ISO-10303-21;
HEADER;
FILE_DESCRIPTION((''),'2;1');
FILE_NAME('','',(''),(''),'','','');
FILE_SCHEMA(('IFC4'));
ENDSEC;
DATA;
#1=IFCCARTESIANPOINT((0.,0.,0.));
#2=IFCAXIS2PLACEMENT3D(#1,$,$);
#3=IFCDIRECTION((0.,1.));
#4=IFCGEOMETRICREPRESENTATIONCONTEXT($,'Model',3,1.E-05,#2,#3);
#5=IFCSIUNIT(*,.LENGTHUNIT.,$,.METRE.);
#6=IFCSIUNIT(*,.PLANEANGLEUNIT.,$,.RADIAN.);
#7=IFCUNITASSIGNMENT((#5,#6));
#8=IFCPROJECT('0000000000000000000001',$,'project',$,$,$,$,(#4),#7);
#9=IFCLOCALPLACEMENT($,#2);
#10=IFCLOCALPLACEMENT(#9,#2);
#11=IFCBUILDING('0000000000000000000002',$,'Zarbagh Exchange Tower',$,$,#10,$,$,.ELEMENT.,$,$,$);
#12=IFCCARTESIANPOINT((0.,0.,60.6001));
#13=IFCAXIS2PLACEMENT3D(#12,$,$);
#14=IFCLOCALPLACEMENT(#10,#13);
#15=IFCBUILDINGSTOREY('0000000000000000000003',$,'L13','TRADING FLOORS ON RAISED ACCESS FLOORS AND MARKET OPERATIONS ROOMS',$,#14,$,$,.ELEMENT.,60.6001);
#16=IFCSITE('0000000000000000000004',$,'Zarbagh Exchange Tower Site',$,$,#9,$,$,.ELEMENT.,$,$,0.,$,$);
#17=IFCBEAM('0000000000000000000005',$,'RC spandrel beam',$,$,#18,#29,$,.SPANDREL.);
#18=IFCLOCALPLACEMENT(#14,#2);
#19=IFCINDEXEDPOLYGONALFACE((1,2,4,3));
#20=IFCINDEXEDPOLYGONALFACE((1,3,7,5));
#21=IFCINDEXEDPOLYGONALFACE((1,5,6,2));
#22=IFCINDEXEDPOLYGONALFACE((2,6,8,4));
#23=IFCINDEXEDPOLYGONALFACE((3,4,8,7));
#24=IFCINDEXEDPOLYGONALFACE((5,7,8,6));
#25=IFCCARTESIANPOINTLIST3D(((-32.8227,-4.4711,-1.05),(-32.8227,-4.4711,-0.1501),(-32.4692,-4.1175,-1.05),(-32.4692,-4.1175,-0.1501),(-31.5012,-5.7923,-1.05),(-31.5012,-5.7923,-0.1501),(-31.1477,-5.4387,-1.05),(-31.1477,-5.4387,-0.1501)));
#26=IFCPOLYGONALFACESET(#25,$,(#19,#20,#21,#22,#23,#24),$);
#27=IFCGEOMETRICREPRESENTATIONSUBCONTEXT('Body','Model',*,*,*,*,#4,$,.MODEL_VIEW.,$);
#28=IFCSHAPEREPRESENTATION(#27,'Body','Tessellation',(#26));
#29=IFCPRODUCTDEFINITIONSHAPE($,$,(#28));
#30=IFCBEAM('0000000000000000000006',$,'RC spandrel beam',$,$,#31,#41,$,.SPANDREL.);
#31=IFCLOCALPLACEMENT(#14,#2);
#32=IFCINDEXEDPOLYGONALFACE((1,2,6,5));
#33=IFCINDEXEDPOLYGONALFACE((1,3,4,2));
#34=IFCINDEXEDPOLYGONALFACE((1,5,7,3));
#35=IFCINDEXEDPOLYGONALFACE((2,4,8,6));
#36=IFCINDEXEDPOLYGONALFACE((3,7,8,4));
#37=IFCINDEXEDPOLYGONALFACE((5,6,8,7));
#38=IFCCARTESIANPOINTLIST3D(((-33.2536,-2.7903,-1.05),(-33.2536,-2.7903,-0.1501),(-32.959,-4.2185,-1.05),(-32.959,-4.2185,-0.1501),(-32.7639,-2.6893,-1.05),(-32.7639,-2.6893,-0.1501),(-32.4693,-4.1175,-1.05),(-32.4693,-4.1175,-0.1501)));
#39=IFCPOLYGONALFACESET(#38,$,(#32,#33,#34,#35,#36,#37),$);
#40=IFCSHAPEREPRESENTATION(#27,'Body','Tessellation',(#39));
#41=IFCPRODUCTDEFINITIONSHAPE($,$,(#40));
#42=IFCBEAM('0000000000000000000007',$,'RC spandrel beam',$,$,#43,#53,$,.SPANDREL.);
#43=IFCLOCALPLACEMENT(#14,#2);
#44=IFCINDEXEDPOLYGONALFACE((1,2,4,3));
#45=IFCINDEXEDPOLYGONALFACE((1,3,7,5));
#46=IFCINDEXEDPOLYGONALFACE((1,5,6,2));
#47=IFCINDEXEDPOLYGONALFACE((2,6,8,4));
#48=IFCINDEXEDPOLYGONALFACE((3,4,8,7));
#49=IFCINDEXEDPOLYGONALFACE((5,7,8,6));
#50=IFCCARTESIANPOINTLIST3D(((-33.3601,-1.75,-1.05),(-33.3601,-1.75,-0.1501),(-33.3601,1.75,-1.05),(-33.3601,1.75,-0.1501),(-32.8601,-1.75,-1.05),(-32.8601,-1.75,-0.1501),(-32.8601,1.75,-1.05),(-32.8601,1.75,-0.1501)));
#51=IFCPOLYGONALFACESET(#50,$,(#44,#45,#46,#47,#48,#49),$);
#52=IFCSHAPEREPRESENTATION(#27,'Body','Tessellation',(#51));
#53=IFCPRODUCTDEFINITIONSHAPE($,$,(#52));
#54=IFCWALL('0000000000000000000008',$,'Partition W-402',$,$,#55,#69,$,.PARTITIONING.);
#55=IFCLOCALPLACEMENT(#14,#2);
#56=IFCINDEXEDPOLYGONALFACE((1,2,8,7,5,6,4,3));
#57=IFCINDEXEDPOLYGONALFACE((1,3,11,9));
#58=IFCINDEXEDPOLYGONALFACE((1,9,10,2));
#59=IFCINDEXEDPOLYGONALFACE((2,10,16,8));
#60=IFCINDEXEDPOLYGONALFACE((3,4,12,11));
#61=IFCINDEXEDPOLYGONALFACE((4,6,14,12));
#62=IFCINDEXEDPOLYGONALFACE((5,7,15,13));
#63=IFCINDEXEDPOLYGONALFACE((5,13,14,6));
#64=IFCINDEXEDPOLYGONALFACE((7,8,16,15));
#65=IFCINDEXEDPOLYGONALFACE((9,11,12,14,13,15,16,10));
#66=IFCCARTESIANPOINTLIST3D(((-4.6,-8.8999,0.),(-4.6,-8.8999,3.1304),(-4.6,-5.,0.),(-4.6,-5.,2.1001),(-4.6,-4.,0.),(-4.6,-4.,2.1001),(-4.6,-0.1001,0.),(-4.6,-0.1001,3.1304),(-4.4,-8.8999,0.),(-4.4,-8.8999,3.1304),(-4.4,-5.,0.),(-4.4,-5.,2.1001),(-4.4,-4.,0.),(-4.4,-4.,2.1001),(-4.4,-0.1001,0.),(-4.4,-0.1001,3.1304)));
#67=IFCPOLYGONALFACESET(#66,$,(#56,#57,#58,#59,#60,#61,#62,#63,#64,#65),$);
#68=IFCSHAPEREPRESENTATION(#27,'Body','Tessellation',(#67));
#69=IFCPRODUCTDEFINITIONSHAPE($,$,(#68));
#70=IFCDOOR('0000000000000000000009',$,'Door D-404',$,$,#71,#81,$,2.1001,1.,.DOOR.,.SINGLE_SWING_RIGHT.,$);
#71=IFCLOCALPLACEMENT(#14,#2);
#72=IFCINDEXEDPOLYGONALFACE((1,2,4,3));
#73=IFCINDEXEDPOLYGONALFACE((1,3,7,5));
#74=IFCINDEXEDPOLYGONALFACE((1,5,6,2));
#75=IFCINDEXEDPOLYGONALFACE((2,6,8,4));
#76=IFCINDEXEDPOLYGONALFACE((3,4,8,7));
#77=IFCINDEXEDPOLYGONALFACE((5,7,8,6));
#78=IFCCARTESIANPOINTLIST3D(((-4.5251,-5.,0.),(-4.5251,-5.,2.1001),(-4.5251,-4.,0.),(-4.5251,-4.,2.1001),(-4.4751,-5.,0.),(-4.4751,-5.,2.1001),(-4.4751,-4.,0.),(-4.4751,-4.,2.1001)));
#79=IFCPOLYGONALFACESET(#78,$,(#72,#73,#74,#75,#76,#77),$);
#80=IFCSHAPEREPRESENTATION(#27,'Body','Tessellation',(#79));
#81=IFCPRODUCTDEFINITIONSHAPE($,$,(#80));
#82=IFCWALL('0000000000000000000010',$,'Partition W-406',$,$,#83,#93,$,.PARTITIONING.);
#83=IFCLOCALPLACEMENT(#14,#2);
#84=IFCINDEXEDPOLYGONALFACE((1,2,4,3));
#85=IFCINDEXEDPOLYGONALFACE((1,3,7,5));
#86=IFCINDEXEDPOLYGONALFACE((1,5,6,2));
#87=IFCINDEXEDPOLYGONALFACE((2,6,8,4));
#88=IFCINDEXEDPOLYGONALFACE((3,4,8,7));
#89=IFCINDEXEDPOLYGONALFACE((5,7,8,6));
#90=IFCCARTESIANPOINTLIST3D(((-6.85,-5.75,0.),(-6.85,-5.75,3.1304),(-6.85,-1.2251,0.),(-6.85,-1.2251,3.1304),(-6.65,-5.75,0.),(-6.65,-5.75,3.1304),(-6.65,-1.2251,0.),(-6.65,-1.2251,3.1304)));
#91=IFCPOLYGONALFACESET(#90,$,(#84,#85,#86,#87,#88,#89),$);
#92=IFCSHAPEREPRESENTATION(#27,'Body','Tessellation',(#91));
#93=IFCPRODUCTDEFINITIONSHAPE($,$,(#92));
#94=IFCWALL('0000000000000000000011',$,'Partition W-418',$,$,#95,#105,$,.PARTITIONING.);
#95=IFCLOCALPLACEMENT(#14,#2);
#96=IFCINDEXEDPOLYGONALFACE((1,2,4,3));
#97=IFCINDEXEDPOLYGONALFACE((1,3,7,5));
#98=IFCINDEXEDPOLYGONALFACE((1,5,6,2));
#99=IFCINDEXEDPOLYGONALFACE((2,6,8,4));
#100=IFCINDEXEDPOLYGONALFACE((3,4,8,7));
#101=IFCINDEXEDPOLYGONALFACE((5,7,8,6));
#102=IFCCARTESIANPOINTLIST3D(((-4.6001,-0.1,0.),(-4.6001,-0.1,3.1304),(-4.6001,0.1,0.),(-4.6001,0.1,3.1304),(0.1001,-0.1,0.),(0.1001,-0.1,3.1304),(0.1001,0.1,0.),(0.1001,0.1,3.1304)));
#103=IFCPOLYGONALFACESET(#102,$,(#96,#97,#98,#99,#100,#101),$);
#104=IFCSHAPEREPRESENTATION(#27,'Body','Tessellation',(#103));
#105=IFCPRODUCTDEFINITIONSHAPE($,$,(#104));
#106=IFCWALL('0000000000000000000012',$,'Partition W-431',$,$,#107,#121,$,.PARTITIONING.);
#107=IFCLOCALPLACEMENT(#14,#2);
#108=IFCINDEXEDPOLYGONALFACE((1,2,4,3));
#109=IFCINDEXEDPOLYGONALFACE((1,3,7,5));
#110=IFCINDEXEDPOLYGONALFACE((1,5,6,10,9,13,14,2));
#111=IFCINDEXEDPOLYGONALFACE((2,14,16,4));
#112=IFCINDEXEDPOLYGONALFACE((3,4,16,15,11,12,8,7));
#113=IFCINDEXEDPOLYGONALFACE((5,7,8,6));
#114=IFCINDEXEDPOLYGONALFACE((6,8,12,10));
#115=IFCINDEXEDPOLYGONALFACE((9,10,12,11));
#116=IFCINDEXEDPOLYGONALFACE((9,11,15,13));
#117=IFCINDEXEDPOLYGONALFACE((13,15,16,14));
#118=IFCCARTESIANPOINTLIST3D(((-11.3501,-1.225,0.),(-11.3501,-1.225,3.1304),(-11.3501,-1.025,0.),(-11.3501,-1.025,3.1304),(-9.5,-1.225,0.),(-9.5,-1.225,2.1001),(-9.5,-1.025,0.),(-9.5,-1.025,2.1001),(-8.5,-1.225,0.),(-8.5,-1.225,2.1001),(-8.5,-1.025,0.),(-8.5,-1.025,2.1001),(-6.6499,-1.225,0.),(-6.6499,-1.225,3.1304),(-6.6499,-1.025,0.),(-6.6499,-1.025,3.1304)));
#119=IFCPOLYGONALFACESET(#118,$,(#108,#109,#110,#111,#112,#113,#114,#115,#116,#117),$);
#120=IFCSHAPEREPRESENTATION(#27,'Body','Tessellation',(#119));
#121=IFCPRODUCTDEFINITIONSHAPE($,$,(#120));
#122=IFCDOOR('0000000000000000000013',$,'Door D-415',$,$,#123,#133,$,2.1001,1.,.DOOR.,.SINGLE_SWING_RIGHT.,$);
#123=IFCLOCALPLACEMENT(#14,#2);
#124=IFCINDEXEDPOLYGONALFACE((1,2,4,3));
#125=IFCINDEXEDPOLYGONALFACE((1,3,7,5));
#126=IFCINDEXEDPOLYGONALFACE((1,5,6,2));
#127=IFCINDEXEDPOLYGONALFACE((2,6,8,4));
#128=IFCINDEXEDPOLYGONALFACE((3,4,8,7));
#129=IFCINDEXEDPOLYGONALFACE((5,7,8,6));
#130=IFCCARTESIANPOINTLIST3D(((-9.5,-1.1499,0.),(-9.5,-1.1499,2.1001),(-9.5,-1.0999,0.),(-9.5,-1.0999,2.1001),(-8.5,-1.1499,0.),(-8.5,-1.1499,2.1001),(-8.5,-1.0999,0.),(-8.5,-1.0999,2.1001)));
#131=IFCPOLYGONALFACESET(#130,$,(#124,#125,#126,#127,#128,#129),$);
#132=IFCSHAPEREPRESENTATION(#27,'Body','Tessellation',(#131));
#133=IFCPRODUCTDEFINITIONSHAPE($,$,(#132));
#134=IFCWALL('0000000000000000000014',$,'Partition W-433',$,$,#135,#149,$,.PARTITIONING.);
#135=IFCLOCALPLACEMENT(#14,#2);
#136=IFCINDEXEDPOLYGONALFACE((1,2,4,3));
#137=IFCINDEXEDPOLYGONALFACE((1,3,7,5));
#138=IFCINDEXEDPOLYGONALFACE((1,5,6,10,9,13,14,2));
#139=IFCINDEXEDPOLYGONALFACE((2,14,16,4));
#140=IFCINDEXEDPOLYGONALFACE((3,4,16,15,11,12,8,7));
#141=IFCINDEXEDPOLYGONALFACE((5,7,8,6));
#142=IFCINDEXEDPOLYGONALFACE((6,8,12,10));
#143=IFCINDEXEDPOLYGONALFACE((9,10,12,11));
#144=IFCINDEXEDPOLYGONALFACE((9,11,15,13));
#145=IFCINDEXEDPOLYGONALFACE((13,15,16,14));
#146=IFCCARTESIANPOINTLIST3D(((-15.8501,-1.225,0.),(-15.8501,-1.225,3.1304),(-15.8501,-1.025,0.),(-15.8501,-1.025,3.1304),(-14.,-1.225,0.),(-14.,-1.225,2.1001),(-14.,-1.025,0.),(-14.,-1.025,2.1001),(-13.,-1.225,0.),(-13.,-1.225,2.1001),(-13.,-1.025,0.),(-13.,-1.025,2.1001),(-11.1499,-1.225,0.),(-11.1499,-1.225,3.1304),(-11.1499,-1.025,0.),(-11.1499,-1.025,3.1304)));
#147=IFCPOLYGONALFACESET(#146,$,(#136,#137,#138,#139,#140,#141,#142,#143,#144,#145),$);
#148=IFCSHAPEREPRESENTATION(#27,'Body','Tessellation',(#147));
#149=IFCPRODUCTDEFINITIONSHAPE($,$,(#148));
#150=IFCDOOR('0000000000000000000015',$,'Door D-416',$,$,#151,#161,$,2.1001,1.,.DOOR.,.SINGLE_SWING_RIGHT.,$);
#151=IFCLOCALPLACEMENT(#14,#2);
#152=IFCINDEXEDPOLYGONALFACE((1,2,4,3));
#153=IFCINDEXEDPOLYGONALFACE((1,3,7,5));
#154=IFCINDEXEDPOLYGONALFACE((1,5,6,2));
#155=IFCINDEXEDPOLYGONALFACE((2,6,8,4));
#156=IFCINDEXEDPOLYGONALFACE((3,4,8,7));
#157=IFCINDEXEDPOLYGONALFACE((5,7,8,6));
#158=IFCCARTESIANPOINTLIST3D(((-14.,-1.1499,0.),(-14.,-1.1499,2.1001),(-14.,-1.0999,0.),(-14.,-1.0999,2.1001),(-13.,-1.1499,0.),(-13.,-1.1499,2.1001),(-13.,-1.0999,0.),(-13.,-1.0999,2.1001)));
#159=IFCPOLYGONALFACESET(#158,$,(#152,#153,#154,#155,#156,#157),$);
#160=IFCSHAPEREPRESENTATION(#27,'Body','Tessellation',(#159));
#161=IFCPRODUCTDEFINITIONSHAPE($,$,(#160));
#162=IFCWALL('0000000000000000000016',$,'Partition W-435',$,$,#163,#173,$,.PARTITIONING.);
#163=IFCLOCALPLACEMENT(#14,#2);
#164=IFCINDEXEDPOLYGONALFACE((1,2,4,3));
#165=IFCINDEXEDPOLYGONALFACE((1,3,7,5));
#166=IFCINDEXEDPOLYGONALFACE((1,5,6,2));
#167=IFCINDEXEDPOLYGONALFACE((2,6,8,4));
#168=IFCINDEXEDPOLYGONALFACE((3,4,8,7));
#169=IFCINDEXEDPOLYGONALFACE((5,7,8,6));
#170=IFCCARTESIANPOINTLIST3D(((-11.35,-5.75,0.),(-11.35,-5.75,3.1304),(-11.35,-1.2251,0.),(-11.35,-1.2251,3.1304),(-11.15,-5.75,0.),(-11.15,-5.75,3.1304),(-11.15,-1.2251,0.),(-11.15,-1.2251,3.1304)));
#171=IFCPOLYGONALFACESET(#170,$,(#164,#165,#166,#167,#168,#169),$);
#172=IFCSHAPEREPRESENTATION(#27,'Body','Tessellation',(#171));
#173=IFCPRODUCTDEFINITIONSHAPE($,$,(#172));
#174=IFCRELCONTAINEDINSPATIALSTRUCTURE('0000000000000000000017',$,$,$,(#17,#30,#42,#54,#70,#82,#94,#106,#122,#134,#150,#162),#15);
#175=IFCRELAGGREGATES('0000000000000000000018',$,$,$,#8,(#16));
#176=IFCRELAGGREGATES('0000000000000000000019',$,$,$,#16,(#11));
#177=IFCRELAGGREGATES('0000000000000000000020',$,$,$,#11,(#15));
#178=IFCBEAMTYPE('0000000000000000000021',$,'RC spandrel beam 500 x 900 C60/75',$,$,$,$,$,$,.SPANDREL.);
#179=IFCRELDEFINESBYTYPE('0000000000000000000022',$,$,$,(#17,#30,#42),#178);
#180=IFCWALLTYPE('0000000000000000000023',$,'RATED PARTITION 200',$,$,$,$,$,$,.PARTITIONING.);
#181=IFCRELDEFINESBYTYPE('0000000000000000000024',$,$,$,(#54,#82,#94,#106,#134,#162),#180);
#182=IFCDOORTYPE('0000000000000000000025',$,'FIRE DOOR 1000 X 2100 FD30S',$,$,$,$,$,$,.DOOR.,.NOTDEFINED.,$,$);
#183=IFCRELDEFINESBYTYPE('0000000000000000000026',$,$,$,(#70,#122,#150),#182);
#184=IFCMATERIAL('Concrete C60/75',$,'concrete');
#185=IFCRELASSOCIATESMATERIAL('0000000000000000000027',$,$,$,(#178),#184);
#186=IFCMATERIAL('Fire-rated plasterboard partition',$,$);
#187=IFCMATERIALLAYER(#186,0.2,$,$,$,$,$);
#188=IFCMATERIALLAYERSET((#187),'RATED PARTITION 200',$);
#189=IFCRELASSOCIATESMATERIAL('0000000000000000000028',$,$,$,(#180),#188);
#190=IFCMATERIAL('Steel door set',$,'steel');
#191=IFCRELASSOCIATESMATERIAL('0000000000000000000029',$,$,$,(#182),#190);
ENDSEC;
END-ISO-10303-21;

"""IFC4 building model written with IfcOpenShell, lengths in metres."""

from ifc_helpers import new_model, si_unit, direction, frame, frame_2d, origin, origin_2d, place, context, subcontext, project, spatial, rectangle, extrude, material, layer, layer_set, material_profile, profile_set, type_object, element, fill, save


model = new_model("IFC4")

# Units and contexts
model_context = context("Model", 3, precision=1e-05, world=origin(), true_north=direction((0.0, 1.0)))
body_context = subcontext(model_context, "Body", "Model", "MODEL_VIEW")
ifc_project = project(units=[si_unit("LENGTHUNIT", "METRE"), si_unit("PLANEANGLEUNIT", "RADIAN")], contexts=[model_context])

# Site, building, storey
site_placement = place(None, origin())
site = spatial("IfcSite", under=ifc_project, at=site_placement, Name="Zarbagh Exchange Tower Site", CompositionType="ELEMENT", RefElevation=0.0)
building_placement = place(site_placement, origin())
building = spatial("IfcBuilding", under=site, at=building_placement, Name="Zarbagh Exchange Tower", CompositionType="ELEMENT")
storey_placement = place(building_placement, frame((0.0, 0.0, 60.6001)))
storey = spatial("IfcBuildingStorey", under=building, at=storey_placement, Name="L13", Description="TRADING FLOORS ON RAISED ACCESS FLOORS AND MARKET OPERATIONS ROOMS", CompositionType="ELEMENT", Elevation=60.6001)

# Shared definitions
ifc_material_1 = material(Name="Concrete C60/75", Category="concrete")

# Beams
ifc_material_profile_1 = material_profile(ifc_material_1, rectangle(XDim=0.5, YDim=0.8999, at=origin_2d()), Name="RC spandrel beam 500 x 900 C60/75")
ifc_profile_set_1 = profile_set([ifc_material_profile_1], Name="Concrete C60/75")
beam_type_1 = type_object("IfcBeamType", Name="RC spandrel beam 500 x 900 C60/75", PredefinedType="SPANDREL", material=ifc_profile_set_1)
beam_1_placement = place(storey_placement, frame((-31.3245, -5.6155, -0.6001), z_axis=(-0.707172, 0.707041, 0.0), x_axis=(-0.707041, -0.707172, 0.0)))
element("IfcBeam", 1, at=beam_1_placement, inside=storey, type_object=beam_type_1, Name="RC spandrel beam", PredefinedType="SPANDREL", context=body_context, shape_type="SweptSolid", body=[
    extrude(rectangle(XDim=0.5, YDim=0.8999, at=origin_2d()), origin(), (0.0, 0.0, 1.0), 1.8687),
])
beam_2_placement = place(storey_placement, frame((-32.7141, -4.168, -0.6001), z_axis=(-0.202069, 0.979371, 0.0), x_axis=(-0.979371, -0.202069, 0.0)))
element("IfcBeam", 2, at=beam_2_placement, inside=storey, type_object=beam_type_1, Name="RC spandrel beam", PredefinedType="SPANDREL", context=body_context, shape_type="SweptSolid", body=[
    extrude(rectangle(XDim=0.5, YDim=0.8999, at=origin_2d()), origin(), (0.0, 0.0, 1.0), 1.4583),
])
beam_3_placement = place(storey_placement, frame((-33.1101, -1.75, -0.6001), z_axis=(0.0, 1.0, 0.0), x_axis=(-1.0, 0.0, 0.0)))
element("IfcBeam", 3, at=beam_3_placement, inside=storey, type_object=beam_type_1, Name="RC spandrel beam", PredefinedType="SPANDREL", context=body_context, shape_type="SweptSolid", body=[
    extrude(rectangle(XDim=0.5, YDim=0.8999, at=origin_2d()), origin(), (0.0, 0.0, 1.0), 3.5),
])

# Wall, opening, door
ifc_material_2 = material(Name="Fire-rated plasterboard partition")
ifc_layer = layer(ifc_material_2, 0.2)
ifc_layer_set = layer_set([ifc_layer], Name="RATED PARTITION 200")
wall_type = type_object("IfcWallType", Name="RATED PARTITION 200", PredefinedType="PARTITIONING", material=ifc_layer_set)
wall_1_placement = place(storey_placement, frame((-4.5, -0.1001, 0.0), z_axis=(0.0, 0.0, 1.0), x_axis=(0.0, -1.0, 0.0)))
wall_1 = element("IfcWall", 4, at=wall_1_placement, inside=storey, type_object=wall_type, Name="Partition W-402", PredefinedType="PARTITIONING", context=body_context, shape_type="SweptSolid", body=[
    extrude(rectangle(XDim=8.7998, YDim=0.2, at=frame_2d((4.3999, 0.0))), origin(), (0.0, 0.0, 1.0), 3.1304),
])
opening_1_placement = place(wall_1_placement, frame((3.8999, 0.0, 0.0)))
opening_1 = element("IfcOpeningElement", 5, at=opening_1_placement, cuts=wall_1, PredefinedType="OPENING", context=body_context, shape_type="SweptSolid", body=[
    extrude(rectangle(XDim=1.0, YDim=2.1001, at=frame_2d((0.5, 1.05))), frame((0.0, 0.1099, 0.0), z_axis=(0.0, -1.0, 0.0), x_axis=(1.0, 0.0, 0.0)), (0.0, 0.0, 1.0), 0.22),
])
ifc_material_3 = material(Name="Steel door set", Category="steel")
door_type = type_object("IfcDoorType", Name="FIRE DOOR 1000 X 2100 FD30S", OperationType="NOTDEFINED", PredefinedType="DOOR", material=ifc_material_3)
door_1_placement = place(opening_1_placement, origin())
door_1 = element("IfcDoor", 6, at=door_1_placement, inside=storey, type_object=door_type, Name="Door D-404", OperationType="SINGLE_SWING_RIGHT", OverallHeight=2.1001, OverallWidth=1.0, PredefinedType="DOOR", context=body_context, shape_type="SweptSolid", body=[
    extrude(rectangle(XDim=1.0, YDim=2.1001, at=frame_2d((0.5, 1.05))), frame((0.0, 0.0249, 0.0), z_axis=(0.0, -1.0, 0.0), x_axis=(1.0, 0.0, 0.0)), (0.0, 0.0, 1.0), 0.05),
])
fill(opening_1, door_1)

# Walls
wall_2_placement = place(storey_placement, frame((-6.75, -5.75, 0.0), z_axis=(0.0, 0.0, 1.0), x_axis=(0.0, 1.0, 0.0)))
element("IfcWall", 7, at=wall_2_placement, inside=storey, type_object=wall_type, Name="Partition W-406", PredefinedType="PARTITIONING", context=body_context, shape_type="SweptSolid", body=[
    extrude(rectangle(XDim=4.5249, YDim=0.2, at=frame_2d((2.2625, 0.0))), origin(), (0.0, 0.0, 1.0), 3.1304),
])
wall_3_placement = place(storey_placement, frame((-4.6001, 0.0, 0.0), z_axis=(0.0, 0.0, 1.0), x_axis=(1.0, 0.0, 0.0)))
element("IfcWall", 8, at=wall_3_placement, inside=storey, type_object=wall_type, Name="Partition W-418", PredefinedType="PARTITIONING", context=body_context, shape_type="SweptSolid", body=[
    extrude(rectangle(XDim=4.7002, YDim=0.2, at=frame_2d((2.3501, 0.0))), origin(), (0.0, 0.0, 1.0), 3.1304),
])

# Walls, openings, doors
wall_4_placement = place(storey_placement, frame((-6.6499, -1.125, 0.0), z_axis=(0.0, 0.0, 1.0), x_axis=(-1.0, 0.0, 0.0)))
wall_4 = element("IfcWall", 9, at=wall_4_placement, inside=storey, type_object=wall_type, Name="Partition W-431", PredefinedType="PARTITIONING", context=body_context, shape_type="SweptSolid", body=[
    extrude(rectangle(XDim=4.7002, YDim=0.2, at=frame_2d((2.3501, 0.0))), origin(), (0.0, 0.0, 1.0), 3.1304),
])
opening_2_placement = place(wall_4_placement, frame((1.8501, 0.0, 0.0)))
opening_2 = element("IfcOpeningElement", 10, at=opening_2_placement, cuts=wall_4, PredefinedType="OPENING", context=body_context, shape_type="SweptSolid", body=[
    extrude(rectangle(XDim=1.0, YDim=2.1001, at=frame_2d((0.5, 1.05))), frame((0.0, 0.1099, 0.0), z_axis=(0.0, -1.0, 0.0), x_axis=(1.0, 0.0, 0.0)), (0.0, 0.0, 1.0), 0.22),
])
door_2_placement = place(opening_2_placement, origin())
door_2 = element("IfcDoor", 11, at=door_2_placement, inside=storey, type_object=door_type, Name="Door D-415", OperationType="SINGLE_SWING_RIGHT", OverallHeight=2.1001, OverallWidth=1.0, PredefinedType="DOOR", context=body_context, shape_type="SweptSolid", body=[
    extrude(rectangle(XDim=1.0, YDim=2.1001, at=frame_2d((0.5, 1.05))), frame((0.0, 0.0249, 0.0), z_axis=(0.0, -1.0, 0.0), x_axis=(1.0, 0.0, 0.0)), (0.0, 0.0, 1.0), 0.05),
])
fill(opening_2, door_2)
wall_5_placement = place(storey_placement, frame((-11.1499, -1.125, 0.0), z_axis=(0.0, 0.0, 1.0), x_axis=(-1.0, 0.0, 0.0)))
wall_5 = element("IfcWall", 12, at=wall_5_placement, inside=storey, type_object=wall_type, Name="Partition W-433", PredefinedType="PARTITIONING", context=body_context, shape_type="SweptSolid", body=[
    extrude(rectangle(XDim=4.7002, YDim=0.2, at=frame_2d((2.3501, 0.0))), origin(), (0.0, 0.0, 1.0), 3.1304),
])
opening_3_placement = place(wall_5_placement, frame((1.8501, 0.0, 0.0)))
opening_3 = element("IfcOpeningElement", 13, at=opening_3_placement, cuts=wall_5, PredefinedType="OPENING", context=body_context, shape_type="SweptSolid", body=[
    extrude(rectangle(XDim=1.0, YDim=2.1001, at=frame_2d((0.5, 1.05))), frame((0.0, 0.1099, 0.0), z_axis=(0.0, -1.0, 0.0), x_axis=(1.0, 0.0, 0.0)), (0.0, 0.0, 1.0), 0.22),
])
door_3_placement = place(opening_3_placement, origin())
door_3 = element("IfcDoor", 14, at=door_3_placement, inside=storey, type_object=door_type, Name="Door D-416", OperationType="SINGLE_SWING_RIGHT", OverallHeight=2.1001, OverallWidth=1.0, PredefinedType="DOOR", context=body_context, shape_type="SweptSolid", body=[
    extrude(rectangle(XDim=1.0, YDim=2.1001, at=frame_2d((0.5, 1.05))), frame((0.0, 0.0249, 0.0), z_axis=(0.0, -1.0, 0.0), x_axis=(1.0, 0.0, 0.0)), (0.0, 0.0, 1.0), 0.05),
])
fill(opening_3, door_3)

# Wall
wall_6_placement = place(storey_placement, frame((-11.25, -5.75, 0.0), z_axis=(0.0, 0.0, 1.0), x_axis=(0.0, 1.0, 0.0)))
element("IfcWall", 15, at=wall_6_placement, inside=storey, type_object=wall_type, Name="Partition W-435", PredefinedType="PARTITIONING", context=body_context, shape_type="SweptSolid", body=[
    extrude(rectangle(XDim=4.5249, YDim=0.2, at=frame_2d((2.2625, 0.0))), origin(), (0.0, 0.0, 1.0), 3.1304),
])

save(model, "model.ifc")
